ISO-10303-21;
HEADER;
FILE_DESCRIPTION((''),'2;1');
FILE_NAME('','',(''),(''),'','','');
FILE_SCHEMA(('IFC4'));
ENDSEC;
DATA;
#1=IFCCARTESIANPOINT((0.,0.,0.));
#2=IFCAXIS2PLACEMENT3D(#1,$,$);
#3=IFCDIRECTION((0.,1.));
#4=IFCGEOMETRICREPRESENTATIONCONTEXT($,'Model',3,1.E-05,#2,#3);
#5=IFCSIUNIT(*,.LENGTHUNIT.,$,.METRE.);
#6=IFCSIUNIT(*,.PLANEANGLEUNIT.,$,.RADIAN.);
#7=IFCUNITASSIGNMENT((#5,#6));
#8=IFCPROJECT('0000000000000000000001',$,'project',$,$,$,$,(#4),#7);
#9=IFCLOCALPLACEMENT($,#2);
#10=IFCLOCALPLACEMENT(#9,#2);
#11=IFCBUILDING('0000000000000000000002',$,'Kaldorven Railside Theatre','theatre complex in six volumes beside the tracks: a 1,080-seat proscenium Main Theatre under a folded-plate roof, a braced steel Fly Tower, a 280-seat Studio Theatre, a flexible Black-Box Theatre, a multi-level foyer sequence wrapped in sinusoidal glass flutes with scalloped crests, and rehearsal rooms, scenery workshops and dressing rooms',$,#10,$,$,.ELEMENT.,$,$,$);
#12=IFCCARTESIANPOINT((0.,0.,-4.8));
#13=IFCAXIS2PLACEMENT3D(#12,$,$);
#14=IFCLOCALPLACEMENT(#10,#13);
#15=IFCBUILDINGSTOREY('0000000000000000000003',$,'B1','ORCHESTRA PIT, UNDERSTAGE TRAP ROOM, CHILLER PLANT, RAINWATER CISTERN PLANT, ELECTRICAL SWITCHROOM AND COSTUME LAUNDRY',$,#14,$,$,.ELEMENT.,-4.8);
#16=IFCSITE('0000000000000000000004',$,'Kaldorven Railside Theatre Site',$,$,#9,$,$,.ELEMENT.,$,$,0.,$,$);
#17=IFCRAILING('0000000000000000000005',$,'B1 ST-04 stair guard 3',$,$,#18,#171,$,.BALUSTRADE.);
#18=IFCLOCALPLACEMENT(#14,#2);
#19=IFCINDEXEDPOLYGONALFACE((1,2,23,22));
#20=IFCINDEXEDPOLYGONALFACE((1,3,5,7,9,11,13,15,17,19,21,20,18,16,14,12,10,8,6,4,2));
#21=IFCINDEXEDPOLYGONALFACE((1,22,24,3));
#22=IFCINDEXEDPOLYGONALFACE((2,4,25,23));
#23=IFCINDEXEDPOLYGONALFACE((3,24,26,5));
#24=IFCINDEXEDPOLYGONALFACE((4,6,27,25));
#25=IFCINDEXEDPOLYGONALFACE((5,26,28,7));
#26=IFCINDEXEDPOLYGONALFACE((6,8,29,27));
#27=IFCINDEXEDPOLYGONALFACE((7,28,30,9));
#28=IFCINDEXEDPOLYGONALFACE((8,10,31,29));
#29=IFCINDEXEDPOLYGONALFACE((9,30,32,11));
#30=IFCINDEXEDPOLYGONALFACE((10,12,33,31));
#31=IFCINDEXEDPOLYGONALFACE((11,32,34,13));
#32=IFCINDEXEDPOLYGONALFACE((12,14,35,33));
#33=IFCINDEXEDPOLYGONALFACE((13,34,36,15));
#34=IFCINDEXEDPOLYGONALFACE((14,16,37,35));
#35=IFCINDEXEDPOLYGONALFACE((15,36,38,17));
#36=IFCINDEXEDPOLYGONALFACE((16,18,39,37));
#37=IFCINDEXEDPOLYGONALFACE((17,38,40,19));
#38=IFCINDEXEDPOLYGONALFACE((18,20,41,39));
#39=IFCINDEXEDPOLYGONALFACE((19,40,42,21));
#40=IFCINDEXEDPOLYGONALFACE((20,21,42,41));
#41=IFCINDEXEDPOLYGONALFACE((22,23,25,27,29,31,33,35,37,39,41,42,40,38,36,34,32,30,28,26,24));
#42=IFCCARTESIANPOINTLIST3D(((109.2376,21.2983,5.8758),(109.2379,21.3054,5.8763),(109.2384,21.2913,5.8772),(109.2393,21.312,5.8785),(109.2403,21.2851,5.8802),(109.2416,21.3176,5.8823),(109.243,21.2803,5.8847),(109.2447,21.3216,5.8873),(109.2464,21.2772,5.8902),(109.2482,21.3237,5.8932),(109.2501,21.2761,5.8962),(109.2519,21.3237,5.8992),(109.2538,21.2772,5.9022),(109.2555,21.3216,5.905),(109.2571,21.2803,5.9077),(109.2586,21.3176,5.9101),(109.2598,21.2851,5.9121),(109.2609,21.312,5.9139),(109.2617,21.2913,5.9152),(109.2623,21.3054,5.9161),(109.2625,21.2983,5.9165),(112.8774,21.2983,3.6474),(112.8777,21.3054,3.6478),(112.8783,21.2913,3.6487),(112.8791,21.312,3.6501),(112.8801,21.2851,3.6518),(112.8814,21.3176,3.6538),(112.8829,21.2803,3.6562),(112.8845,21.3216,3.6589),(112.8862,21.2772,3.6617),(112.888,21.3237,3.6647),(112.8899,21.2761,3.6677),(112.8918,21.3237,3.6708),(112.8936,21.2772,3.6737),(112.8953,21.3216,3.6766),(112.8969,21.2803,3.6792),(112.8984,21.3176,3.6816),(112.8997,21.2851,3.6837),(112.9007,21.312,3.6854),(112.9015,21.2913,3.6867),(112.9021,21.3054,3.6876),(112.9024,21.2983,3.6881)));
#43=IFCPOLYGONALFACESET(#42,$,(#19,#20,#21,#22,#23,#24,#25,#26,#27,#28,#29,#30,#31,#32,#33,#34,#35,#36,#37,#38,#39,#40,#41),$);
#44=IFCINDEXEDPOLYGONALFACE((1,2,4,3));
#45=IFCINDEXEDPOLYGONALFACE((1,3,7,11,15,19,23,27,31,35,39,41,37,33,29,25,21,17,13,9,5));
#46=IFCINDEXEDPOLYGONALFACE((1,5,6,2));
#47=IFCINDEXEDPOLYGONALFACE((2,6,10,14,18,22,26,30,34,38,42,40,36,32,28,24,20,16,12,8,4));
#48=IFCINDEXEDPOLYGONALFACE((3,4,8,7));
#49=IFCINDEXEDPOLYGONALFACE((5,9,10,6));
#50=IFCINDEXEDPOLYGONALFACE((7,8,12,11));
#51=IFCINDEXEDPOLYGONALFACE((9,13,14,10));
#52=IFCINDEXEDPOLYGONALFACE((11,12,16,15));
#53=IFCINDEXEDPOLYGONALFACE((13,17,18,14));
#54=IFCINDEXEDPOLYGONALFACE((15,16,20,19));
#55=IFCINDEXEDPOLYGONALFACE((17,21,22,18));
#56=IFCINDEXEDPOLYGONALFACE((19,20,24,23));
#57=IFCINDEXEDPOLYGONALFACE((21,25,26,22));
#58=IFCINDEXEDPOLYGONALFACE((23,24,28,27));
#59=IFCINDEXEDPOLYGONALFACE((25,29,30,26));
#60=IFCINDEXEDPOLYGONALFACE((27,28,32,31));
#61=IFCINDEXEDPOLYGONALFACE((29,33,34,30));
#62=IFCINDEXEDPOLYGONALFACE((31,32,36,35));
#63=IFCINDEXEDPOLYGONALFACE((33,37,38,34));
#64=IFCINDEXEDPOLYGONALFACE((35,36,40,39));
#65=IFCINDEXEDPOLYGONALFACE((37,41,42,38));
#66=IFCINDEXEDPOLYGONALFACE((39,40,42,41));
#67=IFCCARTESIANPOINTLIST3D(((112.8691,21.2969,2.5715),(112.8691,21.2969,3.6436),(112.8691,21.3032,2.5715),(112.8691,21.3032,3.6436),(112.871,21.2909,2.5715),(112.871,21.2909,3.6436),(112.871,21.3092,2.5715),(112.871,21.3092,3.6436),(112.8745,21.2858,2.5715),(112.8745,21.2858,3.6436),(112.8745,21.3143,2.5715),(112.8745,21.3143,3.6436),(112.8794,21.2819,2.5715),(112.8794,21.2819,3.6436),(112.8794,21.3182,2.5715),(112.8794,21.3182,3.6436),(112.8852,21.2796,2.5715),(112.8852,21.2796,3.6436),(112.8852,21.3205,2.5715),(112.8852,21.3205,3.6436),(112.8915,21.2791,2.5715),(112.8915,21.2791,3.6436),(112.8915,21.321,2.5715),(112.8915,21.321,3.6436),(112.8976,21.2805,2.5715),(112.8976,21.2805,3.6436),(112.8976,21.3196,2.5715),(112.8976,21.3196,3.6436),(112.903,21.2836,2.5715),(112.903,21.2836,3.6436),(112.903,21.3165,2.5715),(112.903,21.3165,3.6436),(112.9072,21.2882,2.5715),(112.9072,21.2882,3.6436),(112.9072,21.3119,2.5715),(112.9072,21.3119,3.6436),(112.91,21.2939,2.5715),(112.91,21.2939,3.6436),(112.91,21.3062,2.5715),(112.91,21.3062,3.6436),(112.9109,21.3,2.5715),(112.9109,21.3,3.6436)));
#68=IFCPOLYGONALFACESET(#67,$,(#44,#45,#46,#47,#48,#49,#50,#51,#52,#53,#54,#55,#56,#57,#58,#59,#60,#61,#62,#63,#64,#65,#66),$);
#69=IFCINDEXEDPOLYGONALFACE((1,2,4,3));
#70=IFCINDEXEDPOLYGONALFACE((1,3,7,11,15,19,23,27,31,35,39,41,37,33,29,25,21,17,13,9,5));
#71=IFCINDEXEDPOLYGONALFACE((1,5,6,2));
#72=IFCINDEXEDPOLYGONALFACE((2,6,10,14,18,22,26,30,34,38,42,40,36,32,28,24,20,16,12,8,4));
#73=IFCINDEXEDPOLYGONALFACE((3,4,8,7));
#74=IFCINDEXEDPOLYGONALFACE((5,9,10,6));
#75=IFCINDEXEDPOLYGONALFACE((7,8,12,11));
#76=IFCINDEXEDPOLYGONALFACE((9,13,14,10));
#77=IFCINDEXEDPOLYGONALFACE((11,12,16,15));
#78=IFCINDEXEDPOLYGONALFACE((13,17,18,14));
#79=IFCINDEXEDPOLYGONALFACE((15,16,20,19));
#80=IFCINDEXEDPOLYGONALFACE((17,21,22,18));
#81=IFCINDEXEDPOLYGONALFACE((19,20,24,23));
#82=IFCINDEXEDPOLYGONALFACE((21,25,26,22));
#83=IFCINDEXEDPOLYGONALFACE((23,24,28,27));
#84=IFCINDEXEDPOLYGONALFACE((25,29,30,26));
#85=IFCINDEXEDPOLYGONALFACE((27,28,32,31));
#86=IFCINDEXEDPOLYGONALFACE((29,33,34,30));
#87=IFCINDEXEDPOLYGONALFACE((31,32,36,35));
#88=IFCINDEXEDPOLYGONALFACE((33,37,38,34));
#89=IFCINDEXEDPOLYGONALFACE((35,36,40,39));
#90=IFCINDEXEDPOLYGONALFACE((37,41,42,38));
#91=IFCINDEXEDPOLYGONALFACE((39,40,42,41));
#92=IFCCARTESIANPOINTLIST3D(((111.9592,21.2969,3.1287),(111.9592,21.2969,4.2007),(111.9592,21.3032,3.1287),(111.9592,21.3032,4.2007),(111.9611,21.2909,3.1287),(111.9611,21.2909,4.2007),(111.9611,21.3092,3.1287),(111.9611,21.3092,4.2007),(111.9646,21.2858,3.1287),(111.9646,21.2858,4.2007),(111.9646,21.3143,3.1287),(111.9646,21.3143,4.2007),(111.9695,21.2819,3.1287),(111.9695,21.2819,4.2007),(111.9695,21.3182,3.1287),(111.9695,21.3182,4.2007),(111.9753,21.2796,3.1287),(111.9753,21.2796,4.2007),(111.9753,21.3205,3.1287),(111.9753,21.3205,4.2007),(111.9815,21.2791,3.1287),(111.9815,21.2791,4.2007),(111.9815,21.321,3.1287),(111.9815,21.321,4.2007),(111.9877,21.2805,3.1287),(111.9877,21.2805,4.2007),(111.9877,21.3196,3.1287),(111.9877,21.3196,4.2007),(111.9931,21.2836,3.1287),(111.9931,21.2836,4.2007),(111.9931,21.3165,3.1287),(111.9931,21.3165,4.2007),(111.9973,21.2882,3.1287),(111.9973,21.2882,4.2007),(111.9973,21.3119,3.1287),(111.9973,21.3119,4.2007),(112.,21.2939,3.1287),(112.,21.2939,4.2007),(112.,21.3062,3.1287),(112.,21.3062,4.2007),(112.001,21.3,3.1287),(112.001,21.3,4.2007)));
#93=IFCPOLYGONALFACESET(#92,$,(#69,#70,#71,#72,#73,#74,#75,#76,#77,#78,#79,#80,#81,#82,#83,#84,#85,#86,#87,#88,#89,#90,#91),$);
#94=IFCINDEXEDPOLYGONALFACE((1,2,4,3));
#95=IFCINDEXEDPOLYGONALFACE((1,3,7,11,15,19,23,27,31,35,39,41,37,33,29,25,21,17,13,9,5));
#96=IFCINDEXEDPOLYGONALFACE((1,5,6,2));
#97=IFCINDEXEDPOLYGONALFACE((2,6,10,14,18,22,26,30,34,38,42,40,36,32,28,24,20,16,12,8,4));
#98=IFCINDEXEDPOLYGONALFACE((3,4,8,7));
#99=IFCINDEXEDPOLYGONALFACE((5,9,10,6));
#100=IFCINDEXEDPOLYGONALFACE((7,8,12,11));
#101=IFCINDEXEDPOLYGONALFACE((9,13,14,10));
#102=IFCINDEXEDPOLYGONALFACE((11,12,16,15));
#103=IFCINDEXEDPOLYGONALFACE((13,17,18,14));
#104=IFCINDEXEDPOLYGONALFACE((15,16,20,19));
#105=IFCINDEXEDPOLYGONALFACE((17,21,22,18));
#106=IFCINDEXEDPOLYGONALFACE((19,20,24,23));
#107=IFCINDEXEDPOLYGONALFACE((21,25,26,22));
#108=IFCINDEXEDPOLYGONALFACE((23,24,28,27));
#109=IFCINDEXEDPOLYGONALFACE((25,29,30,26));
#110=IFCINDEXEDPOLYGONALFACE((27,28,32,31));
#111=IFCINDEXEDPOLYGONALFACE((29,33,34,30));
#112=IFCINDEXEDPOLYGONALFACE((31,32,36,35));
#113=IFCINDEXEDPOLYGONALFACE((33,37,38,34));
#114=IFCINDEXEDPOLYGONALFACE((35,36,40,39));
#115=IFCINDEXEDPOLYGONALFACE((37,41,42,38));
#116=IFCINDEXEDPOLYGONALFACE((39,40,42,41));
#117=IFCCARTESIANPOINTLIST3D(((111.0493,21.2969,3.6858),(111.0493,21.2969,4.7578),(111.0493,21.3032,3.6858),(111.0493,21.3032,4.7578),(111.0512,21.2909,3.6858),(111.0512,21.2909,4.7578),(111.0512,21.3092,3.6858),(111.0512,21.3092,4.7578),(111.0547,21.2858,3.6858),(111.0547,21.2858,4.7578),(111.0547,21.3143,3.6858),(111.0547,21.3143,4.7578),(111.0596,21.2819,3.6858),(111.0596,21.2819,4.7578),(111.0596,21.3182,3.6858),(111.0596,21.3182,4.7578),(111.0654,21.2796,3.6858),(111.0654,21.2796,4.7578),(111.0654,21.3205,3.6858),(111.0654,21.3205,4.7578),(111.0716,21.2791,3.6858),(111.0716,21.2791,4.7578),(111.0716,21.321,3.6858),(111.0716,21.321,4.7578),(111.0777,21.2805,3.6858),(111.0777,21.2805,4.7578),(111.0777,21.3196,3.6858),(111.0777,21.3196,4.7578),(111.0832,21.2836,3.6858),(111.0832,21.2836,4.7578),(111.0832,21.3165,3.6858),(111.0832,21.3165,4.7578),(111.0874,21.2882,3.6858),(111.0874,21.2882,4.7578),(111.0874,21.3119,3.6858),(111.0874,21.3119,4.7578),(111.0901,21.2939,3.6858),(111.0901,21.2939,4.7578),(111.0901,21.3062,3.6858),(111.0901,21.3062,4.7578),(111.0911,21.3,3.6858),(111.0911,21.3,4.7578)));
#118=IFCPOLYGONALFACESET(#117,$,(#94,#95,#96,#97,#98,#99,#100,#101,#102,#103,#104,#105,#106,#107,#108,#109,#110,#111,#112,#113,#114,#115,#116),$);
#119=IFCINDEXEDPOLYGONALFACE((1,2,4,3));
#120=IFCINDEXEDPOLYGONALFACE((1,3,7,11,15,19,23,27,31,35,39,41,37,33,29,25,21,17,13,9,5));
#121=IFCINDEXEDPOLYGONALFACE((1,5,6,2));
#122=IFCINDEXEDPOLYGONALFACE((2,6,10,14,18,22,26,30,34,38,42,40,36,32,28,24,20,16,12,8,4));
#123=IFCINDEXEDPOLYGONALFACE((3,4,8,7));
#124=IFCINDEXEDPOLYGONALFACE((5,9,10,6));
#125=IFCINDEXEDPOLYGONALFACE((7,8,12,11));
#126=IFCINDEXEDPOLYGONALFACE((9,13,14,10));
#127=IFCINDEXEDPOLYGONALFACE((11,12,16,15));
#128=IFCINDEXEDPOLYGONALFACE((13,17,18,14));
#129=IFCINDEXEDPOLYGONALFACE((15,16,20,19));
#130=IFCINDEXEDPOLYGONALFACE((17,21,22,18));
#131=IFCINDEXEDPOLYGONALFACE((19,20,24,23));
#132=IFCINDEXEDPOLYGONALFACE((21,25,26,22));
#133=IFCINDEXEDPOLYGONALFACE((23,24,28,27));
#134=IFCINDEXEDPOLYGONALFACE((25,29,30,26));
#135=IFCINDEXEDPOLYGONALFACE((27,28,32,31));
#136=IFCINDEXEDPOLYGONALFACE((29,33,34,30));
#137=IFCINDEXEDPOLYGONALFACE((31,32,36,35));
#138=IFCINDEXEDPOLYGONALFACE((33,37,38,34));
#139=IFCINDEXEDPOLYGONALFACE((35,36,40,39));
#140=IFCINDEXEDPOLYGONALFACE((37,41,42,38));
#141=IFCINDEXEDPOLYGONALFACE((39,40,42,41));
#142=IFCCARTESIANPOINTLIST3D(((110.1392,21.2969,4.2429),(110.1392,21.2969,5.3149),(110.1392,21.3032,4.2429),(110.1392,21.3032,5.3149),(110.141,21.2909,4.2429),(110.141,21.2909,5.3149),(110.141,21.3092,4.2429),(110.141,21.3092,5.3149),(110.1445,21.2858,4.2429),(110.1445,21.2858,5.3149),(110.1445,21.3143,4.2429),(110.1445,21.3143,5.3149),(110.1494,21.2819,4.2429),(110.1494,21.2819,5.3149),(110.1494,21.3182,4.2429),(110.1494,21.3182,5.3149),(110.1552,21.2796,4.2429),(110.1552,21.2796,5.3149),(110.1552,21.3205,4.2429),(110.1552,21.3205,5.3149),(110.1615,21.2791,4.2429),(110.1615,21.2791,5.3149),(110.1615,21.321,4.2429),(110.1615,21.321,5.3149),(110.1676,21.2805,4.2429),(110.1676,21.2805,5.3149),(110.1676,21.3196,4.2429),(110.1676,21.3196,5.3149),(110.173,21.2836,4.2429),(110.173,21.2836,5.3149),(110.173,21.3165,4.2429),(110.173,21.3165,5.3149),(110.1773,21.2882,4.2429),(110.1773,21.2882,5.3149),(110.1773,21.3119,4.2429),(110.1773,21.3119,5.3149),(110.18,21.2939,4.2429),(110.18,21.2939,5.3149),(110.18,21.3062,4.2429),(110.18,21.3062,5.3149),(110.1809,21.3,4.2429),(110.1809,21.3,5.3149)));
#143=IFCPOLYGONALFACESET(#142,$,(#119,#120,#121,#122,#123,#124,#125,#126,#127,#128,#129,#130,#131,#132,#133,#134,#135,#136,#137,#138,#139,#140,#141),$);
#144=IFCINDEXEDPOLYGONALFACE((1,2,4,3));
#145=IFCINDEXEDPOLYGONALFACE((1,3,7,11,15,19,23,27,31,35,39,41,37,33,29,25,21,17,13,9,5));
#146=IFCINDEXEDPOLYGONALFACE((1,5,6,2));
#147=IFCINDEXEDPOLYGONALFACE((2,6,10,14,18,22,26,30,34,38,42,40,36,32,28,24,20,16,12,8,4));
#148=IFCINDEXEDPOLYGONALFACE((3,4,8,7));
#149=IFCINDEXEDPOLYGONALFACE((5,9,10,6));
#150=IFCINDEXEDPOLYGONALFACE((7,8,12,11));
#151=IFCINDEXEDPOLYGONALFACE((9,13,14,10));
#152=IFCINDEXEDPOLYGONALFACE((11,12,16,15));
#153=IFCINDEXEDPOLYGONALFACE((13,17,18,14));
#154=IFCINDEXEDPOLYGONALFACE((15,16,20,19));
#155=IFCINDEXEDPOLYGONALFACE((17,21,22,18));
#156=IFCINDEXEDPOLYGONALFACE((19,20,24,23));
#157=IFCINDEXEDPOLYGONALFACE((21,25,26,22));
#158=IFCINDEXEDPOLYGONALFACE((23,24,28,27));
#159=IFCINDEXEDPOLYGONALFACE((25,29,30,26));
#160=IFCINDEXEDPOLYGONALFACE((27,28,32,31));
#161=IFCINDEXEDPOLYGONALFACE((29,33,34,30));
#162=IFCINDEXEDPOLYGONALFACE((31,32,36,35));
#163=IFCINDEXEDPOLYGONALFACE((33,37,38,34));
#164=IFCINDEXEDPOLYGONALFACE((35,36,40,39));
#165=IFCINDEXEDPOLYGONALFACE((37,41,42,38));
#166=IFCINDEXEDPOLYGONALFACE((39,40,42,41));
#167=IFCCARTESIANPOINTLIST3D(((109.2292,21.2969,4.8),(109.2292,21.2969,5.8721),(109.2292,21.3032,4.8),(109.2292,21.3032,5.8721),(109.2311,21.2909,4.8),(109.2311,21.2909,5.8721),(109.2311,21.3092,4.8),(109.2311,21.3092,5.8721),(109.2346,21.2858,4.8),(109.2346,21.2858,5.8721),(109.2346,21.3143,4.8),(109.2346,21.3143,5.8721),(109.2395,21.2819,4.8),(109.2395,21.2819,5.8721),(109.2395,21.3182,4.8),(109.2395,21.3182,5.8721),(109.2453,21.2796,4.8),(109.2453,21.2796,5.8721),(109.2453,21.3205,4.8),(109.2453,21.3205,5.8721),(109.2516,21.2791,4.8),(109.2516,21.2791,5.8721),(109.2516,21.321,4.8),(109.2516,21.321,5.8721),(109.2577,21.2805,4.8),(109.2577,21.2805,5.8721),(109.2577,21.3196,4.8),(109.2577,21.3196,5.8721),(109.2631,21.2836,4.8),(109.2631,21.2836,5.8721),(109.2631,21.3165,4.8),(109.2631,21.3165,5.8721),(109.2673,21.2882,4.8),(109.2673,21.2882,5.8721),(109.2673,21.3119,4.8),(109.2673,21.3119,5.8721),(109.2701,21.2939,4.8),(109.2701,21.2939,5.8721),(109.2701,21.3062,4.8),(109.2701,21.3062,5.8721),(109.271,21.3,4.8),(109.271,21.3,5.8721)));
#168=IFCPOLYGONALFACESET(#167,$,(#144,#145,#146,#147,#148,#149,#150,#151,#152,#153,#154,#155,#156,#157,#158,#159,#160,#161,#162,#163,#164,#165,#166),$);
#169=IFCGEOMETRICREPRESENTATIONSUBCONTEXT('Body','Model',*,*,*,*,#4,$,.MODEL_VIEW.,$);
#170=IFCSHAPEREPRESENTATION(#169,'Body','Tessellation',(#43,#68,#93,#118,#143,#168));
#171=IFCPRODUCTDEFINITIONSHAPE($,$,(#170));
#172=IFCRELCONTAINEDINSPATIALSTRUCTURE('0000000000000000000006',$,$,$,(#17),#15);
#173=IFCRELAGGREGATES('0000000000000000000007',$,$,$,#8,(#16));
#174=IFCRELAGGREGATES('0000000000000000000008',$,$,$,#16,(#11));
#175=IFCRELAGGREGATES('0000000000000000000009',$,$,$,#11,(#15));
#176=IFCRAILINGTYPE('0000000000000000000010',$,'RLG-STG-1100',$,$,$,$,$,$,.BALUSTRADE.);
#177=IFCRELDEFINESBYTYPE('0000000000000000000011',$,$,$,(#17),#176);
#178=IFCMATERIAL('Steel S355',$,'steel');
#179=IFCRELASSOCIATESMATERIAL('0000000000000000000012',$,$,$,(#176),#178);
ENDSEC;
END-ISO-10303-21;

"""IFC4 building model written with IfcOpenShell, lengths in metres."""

from ifc_helpers import new_model, si_unit, direction, frame, origin, origin_2d, place, context, subcontext, project, spatial, circle, extrude, material, type_object, element, save


model = new_model("IFC4")

# Units and contexts
model_context = context("Model", 3, precision=1e-05, world=origin(), true_north=direction((0.0, 1.0)))
body_context = subcontext(model_context, "Body", "Model", "MODEL_VIEW")
ifc_project = project(units=[si_unit("LENGTHUNIT", "METRE"), si_unit("PLANEANGLEUNIT", "RADIAN")], contexts=[model_context])

# Site, building, storey
site_placement = place(None, origin())
site = spatial("IfcSite", under=ifc_project, at=site_placement, Name="Kaldorven Railside Theatre Site", CompositionType="ELEMENT", RefElevation=0.0)
building_placement = place(site_placement, origin())
building = spatial("IfcBuilding", under=site, at=building_placement, Name="Kaldorven Railside Theatre", Description="theatre complex in six volumes beside the tracks: a 1,080-seat proscenium Main Theatre under a folded-plate roof, a braced steel Fly Tower, a 280-seat Studio Theatre, a flexible Black-Box Theatre, a multi-level foyer sequence wrapped in sinusoidal glass flutes with scalloped crests, and rehearsal rooms, scenery workshops and dressing rooms", CompositionType="ELEMENT")
storey_placement = place(building_placement, frame((0.0, 0.0, -4.8)))
storey = spatial("IfcBuildingStorey", under=building, at=storey_placement, Name="B1", Description="ORCHESTRA PIT, UNDERSTAGE TRAP ROOM, CHILLER PLANT, RAINWATER CISTERN PLANT, ELECTRICAL SWITCHROOM AND COSTUME LAUNDRY", CompositionType="ELEMENT", Elevation=-4.8)

# Railing
ifc_material_1 = material(Name="Steel S355", Category="steel")
railing_type_1 = type_object("IfcRailingType", Name="RLG-STG-1100", PredefinedType="BALUSTRADE", material=ifc_material_1)
railing_1_placement = place(storey_placement, frame((112.8899, 21.3, 2.5715)))
element("IfcRailing", 1, at=railing_1_placement, inside=storey, type_object=railing_type_1, Name="B1 ST-04 stair guard 3", PredefinedType="BALUSTRADE", context=body_context, shape_type="SweptSolid", body=[
    extrude(circle(Radius=0.0239, at=origin_2d()), frame((0.0, 0.0, 1.0962), z_axis=(-0.85285, 0.0, 0.522156), x_axis=(0.0, -1.0, 0.0)), (0.0, 0.0, 1.0), 4.2678),
    extrude(circle(Radius=0.021, at=origin_2d()), origin(), (0.0, 0.0, 1.0), 1.072),
    extrude(circle(Radius=0.021, at=origin_2d()), frame((-0.9099, 0.0, 0.5571)), (0.0, 0.0, 1.0), 1.072),
    extrude(circle(Radius=0.021, at=origin_2d()), frame((-1.8198, 0.0, 1.1143)), (0.0, 0.0, 1.0), 1.072),
    extrude(circle(Radius=0.021, at=origin_2d()), frame((-2.73, 0.0, 1.6714)), (0.0, 0.0, 1.0), 1.072),
    extrude(circle(Radius=0.021, at=origin_2d()), frame((-3.6399, 0.0, 2.2285)), (0.0, 0.0, 1.0), 1.072),
])

save(model, "model.ifc")
